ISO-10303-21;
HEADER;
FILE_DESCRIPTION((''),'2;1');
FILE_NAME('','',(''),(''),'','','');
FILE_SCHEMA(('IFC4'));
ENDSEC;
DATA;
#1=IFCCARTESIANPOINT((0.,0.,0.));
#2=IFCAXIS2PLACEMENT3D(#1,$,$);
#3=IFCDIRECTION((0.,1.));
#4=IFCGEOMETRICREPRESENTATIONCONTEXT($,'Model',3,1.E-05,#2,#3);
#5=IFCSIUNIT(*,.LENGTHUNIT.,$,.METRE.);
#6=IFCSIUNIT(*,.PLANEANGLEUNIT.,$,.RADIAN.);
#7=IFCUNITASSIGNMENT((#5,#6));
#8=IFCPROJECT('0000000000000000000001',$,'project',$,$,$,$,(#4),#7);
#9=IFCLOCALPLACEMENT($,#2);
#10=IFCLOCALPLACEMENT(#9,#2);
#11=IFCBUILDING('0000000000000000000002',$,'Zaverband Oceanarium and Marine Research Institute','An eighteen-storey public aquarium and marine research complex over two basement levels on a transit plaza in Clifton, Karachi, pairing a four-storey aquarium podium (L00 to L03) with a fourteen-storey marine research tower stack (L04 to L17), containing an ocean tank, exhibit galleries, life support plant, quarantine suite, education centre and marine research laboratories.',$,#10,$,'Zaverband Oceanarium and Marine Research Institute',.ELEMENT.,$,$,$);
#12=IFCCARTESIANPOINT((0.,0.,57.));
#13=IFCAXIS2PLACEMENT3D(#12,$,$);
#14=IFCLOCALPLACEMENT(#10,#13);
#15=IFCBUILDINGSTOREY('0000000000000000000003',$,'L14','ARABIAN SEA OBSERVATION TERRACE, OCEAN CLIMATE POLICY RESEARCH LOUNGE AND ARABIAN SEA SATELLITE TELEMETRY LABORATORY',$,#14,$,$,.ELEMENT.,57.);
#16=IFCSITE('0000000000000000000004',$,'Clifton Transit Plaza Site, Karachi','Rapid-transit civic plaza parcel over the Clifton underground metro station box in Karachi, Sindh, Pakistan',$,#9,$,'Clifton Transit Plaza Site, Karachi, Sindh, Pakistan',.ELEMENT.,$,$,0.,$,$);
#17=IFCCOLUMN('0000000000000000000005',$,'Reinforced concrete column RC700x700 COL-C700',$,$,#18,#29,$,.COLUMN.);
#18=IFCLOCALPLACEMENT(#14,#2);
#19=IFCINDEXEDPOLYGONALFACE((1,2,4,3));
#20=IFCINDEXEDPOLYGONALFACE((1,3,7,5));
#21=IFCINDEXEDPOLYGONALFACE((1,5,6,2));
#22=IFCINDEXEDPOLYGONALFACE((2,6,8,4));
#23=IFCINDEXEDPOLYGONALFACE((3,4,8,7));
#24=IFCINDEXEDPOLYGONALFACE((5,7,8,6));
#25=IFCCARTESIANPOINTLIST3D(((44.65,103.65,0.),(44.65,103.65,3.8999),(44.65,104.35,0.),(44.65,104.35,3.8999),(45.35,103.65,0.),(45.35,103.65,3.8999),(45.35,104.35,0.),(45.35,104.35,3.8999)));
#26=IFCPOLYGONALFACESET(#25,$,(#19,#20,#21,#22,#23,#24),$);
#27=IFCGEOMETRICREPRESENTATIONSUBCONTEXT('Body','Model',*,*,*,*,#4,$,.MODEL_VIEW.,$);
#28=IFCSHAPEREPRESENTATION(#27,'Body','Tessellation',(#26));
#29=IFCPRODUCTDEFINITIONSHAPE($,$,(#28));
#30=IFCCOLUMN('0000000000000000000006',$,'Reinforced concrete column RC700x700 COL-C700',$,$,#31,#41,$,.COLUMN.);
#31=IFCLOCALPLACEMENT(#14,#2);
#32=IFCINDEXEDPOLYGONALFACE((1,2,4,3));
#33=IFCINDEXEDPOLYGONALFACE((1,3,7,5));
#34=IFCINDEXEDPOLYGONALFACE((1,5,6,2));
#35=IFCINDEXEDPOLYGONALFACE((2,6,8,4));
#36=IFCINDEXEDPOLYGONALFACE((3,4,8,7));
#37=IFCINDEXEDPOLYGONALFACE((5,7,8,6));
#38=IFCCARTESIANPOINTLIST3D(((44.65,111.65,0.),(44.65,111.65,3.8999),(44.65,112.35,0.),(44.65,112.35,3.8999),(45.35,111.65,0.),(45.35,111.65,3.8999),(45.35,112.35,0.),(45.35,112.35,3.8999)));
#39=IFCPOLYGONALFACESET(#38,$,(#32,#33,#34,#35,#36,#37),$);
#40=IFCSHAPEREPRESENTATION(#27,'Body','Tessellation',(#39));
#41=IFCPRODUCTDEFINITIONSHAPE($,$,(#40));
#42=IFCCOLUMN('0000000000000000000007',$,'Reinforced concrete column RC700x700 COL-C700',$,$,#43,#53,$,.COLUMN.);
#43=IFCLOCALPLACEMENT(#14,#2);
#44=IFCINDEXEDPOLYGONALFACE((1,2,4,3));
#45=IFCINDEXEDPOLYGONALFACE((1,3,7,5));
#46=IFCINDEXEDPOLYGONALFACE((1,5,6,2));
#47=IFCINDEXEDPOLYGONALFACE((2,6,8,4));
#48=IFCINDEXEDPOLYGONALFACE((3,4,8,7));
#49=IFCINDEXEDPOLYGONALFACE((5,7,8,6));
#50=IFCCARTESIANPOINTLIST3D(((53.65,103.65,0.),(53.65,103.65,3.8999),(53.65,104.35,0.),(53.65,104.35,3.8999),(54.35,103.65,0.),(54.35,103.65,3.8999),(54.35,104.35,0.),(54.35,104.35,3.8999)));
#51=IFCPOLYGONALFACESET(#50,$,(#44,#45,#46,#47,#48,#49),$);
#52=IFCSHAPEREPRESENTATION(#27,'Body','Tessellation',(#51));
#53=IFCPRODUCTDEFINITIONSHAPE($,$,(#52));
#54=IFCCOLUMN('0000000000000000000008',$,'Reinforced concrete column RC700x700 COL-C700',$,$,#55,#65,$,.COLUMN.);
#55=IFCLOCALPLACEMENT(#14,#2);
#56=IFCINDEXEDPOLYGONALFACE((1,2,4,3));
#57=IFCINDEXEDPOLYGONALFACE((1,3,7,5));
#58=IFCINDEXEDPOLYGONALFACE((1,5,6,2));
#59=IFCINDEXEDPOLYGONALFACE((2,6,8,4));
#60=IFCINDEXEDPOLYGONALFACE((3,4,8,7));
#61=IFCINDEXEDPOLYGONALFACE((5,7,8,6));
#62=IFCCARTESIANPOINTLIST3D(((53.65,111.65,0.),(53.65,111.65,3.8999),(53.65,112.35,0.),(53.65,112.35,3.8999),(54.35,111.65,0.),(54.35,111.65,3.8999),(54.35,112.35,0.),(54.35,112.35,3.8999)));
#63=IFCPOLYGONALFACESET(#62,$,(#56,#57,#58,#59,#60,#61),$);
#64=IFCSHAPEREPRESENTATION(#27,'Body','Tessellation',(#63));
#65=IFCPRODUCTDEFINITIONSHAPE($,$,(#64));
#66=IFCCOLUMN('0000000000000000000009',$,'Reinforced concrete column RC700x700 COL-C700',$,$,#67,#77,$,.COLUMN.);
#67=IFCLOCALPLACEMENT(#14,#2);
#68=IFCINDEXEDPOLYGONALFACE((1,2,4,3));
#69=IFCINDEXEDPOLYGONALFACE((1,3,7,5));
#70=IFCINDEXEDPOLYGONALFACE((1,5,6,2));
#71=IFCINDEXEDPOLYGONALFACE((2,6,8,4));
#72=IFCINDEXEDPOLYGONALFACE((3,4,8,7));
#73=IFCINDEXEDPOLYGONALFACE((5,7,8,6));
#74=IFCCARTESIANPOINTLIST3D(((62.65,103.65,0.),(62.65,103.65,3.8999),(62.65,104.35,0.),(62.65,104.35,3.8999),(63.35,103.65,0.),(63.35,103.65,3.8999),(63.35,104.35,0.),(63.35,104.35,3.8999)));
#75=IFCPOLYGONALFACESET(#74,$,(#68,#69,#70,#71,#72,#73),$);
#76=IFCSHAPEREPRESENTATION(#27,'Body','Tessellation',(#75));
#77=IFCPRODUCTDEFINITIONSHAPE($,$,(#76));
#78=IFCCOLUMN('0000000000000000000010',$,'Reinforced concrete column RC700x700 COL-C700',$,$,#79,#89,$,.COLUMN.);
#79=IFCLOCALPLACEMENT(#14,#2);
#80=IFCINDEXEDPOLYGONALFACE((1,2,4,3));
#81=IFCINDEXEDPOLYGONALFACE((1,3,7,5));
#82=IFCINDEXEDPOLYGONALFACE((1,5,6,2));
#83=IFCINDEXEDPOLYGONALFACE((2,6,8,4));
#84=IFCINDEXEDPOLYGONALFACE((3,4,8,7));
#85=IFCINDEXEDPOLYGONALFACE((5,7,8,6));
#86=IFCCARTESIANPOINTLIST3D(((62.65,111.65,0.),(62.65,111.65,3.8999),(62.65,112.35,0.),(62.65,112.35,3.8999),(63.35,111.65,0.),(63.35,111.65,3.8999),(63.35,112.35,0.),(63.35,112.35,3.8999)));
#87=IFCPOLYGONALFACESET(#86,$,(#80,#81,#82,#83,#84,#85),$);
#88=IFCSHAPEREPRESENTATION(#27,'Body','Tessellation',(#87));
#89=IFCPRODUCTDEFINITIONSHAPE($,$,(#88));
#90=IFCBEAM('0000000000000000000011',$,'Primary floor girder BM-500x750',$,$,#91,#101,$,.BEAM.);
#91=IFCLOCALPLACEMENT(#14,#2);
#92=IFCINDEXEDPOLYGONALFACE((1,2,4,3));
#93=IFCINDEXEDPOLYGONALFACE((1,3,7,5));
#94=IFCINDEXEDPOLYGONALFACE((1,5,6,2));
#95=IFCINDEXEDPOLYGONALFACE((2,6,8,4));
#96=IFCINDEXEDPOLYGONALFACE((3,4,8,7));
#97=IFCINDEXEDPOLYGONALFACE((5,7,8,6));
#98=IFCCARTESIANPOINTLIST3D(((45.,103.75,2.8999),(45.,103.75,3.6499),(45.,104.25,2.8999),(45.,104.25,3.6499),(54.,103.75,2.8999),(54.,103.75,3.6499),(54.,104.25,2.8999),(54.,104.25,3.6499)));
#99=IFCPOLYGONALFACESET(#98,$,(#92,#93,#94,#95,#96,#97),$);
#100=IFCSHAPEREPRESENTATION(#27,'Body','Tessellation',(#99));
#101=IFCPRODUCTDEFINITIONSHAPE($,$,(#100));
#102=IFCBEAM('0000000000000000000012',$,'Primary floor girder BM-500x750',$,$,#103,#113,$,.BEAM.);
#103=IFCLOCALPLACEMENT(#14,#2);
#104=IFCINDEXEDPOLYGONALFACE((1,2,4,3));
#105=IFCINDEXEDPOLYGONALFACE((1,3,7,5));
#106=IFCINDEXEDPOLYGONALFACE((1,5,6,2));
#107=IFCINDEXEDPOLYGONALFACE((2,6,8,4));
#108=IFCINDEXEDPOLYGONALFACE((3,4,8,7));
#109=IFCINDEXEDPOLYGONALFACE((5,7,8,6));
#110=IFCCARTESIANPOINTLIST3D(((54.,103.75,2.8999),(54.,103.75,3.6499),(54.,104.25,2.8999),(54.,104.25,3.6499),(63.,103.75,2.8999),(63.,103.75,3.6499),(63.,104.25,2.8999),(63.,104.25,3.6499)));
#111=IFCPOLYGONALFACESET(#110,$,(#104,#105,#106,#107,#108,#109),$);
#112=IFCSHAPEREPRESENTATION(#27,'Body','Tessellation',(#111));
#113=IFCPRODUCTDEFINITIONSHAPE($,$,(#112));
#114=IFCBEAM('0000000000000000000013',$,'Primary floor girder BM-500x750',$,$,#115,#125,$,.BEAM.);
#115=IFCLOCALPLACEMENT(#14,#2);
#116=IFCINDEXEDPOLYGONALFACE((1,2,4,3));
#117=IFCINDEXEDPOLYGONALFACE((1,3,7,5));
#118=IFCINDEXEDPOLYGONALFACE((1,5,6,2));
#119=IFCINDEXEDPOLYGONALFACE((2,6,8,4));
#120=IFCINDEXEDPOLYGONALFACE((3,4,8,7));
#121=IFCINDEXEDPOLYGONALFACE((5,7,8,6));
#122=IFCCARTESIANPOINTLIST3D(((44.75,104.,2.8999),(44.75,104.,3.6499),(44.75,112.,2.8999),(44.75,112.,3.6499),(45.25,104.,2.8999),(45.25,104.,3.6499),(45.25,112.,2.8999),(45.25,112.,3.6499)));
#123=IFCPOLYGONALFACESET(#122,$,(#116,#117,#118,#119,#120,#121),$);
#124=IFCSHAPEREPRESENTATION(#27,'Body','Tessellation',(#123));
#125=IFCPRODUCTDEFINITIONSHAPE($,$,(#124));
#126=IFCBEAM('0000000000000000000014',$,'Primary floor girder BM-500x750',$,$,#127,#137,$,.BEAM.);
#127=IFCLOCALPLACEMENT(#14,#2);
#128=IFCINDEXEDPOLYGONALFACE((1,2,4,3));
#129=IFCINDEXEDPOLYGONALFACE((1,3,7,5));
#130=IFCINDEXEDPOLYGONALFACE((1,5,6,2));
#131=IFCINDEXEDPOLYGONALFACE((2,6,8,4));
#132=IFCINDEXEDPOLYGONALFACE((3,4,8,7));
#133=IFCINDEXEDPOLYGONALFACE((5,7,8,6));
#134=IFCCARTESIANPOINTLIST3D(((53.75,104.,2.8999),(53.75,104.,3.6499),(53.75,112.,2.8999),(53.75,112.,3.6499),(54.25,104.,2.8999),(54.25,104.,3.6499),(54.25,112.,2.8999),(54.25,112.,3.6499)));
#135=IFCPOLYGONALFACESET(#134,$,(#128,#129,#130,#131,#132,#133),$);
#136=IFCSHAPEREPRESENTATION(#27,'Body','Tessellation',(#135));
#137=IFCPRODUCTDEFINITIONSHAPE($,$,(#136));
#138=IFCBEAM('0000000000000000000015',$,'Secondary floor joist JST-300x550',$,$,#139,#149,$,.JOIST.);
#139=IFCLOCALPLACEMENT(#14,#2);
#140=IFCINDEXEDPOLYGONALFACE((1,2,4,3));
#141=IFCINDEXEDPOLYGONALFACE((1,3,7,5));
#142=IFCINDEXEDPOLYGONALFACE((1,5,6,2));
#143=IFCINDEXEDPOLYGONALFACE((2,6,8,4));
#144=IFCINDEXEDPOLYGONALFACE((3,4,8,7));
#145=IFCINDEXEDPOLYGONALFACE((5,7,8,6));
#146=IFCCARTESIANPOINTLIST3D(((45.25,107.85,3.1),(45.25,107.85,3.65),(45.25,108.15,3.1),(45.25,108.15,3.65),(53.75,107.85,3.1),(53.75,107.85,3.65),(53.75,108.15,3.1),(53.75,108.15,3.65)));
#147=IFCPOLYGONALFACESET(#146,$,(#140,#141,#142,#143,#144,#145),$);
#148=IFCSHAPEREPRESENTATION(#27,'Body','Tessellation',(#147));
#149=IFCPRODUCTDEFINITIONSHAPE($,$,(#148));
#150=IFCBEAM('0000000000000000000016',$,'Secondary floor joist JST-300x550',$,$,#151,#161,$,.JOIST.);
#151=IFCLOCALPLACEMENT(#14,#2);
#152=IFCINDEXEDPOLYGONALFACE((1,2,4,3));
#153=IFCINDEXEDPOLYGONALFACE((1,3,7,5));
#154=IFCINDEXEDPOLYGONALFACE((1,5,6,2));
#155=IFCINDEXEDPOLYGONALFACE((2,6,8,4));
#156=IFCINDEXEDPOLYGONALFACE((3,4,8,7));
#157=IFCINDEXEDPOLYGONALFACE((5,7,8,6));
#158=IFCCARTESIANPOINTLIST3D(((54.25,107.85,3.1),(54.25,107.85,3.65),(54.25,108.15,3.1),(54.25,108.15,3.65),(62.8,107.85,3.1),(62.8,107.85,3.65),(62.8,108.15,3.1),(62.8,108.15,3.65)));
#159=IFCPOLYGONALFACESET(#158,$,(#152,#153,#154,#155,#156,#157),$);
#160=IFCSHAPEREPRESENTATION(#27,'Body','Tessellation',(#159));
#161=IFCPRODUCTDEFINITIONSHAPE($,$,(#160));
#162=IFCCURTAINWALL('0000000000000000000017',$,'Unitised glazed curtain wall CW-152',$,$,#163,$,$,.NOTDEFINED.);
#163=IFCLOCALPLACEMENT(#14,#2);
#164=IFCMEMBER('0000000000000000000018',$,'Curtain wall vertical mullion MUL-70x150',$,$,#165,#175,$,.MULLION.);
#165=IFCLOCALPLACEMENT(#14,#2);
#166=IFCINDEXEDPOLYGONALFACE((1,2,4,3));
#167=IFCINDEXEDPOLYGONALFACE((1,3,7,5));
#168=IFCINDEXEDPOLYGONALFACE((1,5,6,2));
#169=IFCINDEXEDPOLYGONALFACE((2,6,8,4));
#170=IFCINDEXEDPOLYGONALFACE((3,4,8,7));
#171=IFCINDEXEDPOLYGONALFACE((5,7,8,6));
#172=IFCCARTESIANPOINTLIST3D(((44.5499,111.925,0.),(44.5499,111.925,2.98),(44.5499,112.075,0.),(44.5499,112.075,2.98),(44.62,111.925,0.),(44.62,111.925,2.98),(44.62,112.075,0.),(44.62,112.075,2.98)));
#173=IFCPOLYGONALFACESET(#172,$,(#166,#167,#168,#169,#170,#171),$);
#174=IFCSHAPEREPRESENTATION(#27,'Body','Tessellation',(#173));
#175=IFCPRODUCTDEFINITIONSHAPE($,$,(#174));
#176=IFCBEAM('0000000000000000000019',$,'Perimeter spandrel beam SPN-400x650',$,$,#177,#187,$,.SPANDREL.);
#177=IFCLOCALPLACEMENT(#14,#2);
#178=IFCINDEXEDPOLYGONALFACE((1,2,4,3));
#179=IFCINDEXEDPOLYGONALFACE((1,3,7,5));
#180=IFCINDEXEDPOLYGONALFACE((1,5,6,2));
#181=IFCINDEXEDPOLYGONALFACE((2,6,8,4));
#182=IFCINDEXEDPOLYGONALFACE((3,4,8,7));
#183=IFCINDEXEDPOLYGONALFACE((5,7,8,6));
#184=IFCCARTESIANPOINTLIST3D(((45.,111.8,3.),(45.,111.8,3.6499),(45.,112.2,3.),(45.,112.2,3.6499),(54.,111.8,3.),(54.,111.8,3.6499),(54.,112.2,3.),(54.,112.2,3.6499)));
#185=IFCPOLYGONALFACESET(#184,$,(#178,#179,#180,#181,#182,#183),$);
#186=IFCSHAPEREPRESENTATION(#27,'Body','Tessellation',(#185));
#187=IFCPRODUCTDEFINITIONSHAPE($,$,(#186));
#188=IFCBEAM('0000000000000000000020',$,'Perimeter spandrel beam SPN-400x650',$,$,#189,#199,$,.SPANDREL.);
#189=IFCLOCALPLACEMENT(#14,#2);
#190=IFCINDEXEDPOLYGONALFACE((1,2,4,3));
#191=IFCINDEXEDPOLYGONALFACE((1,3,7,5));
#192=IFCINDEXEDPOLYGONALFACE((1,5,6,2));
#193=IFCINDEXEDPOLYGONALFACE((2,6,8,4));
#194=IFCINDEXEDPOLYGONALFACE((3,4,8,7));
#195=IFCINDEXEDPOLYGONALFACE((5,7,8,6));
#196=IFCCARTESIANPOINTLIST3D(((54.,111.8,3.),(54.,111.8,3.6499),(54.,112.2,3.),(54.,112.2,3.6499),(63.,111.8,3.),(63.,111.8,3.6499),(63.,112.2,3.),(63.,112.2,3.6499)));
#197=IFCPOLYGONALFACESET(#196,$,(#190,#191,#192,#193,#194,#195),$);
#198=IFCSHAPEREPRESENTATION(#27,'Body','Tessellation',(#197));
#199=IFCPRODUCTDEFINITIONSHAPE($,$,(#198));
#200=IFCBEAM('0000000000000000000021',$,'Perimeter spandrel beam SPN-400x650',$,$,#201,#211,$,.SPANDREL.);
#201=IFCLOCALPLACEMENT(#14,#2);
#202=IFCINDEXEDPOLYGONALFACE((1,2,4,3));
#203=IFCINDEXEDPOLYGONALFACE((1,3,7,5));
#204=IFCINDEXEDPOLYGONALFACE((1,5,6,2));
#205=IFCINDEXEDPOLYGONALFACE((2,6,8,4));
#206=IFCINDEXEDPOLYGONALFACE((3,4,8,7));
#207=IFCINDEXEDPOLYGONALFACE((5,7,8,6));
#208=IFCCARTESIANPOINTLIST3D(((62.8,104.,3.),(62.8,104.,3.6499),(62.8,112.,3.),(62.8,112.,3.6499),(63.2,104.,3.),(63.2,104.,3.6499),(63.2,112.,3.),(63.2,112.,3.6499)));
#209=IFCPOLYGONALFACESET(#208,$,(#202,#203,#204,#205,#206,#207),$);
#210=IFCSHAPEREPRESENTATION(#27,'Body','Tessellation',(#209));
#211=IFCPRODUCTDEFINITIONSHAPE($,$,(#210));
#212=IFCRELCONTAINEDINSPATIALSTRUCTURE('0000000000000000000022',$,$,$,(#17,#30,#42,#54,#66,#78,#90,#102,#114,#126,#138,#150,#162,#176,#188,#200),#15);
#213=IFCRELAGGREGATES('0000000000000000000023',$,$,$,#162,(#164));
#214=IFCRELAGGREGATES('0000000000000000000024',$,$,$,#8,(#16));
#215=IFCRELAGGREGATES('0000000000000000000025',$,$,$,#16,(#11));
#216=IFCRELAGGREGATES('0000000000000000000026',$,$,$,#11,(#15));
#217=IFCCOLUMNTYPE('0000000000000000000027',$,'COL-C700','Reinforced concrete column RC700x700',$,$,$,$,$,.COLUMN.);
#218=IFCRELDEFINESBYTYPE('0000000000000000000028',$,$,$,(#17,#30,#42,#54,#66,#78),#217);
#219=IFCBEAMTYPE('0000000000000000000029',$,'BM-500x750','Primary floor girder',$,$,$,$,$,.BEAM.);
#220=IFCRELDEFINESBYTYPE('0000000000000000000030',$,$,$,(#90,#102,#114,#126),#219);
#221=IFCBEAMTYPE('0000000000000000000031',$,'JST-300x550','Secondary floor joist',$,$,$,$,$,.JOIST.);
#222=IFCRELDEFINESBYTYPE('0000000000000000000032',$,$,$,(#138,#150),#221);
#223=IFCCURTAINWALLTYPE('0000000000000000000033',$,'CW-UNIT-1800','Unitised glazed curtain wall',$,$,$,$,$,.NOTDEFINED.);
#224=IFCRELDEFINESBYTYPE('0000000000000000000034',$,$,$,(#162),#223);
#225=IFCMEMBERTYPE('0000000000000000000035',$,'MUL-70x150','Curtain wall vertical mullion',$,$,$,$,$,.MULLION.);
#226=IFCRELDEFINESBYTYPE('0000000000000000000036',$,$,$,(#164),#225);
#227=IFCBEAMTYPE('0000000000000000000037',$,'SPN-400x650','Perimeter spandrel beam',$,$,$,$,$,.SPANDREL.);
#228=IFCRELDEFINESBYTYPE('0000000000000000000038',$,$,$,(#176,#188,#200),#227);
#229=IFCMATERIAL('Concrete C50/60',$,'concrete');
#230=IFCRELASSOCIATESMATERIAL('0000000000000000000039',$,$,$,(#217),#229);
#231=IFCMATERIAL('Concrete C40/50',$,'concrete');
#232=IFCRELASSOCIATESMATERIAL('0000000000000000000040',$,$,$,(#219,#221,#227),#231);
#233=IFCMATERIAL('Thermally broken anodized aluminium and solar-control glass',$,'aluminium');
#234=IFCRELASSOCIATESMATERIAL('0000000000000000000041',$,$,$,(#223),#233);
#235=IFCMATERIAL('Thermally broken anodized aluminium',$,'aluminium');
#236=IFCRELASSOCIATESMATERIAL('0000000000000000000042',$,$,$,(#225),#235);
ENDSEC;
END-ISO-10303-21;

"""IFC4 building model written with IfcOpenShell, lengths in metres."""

from ifc_helpers import new_model, si_unit, direction, frame, origin, origin_2d, place, context, subcontext, project, spatial, rectangle, extrude, material, material_profile, profile_set, type_object, element, aggregate, save


model = new_model("IFC4")

# Units and contexts
model_context = context("Model", 3, precision=1e-05, world=origin(), true_north=direction((0.0, 1.0)))
body_context = subcontext(model_context, "Body", "Model", "MODEL_VIEW")
ifc_project = project(units=[si_unit("LENGTHUNIT", "METRE"), si_unit("PLANEANGLEUNIT", "RADIAN")], contexts=[model_context])

# Site, building, storey
site_placement = place(None, origin())
site = spatial("IfcSite", under=ifc_project, at=site_placement, Name="Clifton Transit Plaza Site, Karachi", Description="Rapid-transit civic plaza parcel over the Clifton underground metro station box in Karachi, Sindh, Pakistan", LongName="Clifton Transit Plaza Site, Karachi, Sindh, Pakistan", CompositionType="ELEMENT", RefElevation=0.0)
building_placement = place(site_placement, origin())
building = spatial("IfcBuilding", under=site, at=building_placement, Name="Zaverband Oceanarium and Marine Research Institute", Description="An eighteen-storey public aquarium and marine research complex over two basement levels on a transit plaza in Clifton, Karachi, pairing a four-storey aquarium podium (L00 to L03) with a fourteen-storey marine research tower stack (L04 to L17), containing an ocean tank, exhibit galleries, life support plant, quarantine suite, education centre and marine research laboratories.", LongName="Zaverband Oceanarium and Marine Research Institute", CompositionType="ELEMENT")
storey_placement = place(building_placement, frame((0.0, 0.0, 57.0)))
storey = spatial("IfcBuildingStorey", under=building, at=storey_placement, Name="L14", Description="ARABIAN SEA OBSERVATION TERRACE, OCEAN CLIMATE POLICY RESEARCH LOUNGE AND ARABIAN SEA SATELLITE TELEMETRY LABORATORY", CompositionType="ELEMENT", Elevation=57.0)

# Columns
ifc_material_1 = material(Name="Concrete C50/60", Category="concrete")
ifc_material_profile_1 = material_profile(ifc_material_1, rectangle(XDim=0.7, YDim=0.7, at=origin_2d()), Name="RC700x700")
ifc_profile_set_1 = profile_set([ifc_material_profile_1], Name="Concrete C50/60")
column_type = type_object("IfcColumnType", Name="COL-C700", Description="Reinforced concrete column RC700x700", PredefinedType="COLUMN", material=ifc_profile_set_1)
for number, where, z_axis, x_axis, name in (
    (1, (45.0, 104.0, 0.0), (0.0, 0.0, 1.0), (1.0, 0.0, 0.0), "Reinforced concrete column RC700x700 COL-C700"),
    (2, (45.0, 112.0, 0.0), (0.0, 0.0, 1.0), (1.0, 0.0, 0.0), "Reinforced concrete column RC700x700 COL-C700"),
    (3, (54.0, 104.0, 0.0), (0.0, 0.0, 1.0), (1.0, 0.0, 0.0), "Reinforced concrete column RC700x700 COL-C700"),
    (4, (54.0, 112.0, 0.0), (0.0, 0.0, 1.0), (1.0, 0.0, 0.0), "Reinforced concrete column RC700x700 COL-C700"),
    (5, (63.0, 104.0, 0.0), (0.0, 0.0, 1.0), (1.0, 0.0, 0.0), "Reinforced concrete column RC700x700 COL-C700"),
    (6, (63.0, 112.0, 0.0), (0.0, 0.0, 1.0), (1.0, 0.0, 0.0), "Reinforced concrete column RC700x700 COL-C700"),
):
    element("IfcColumn", number, at=place(storey_placement, frame(where, z_axis=z_axis, x_axis=x_axis)), inside=storey, type_object=column_type, Name=name, PredefinedType="COLUMN", context=body_context, shape_type="SweptSolid", body=[
        extrude(rectangle(XDim=0.7, YDim=0.7, at=origin_2d()), origin(), (0.0, 0.0, 1.0), 3.8999),
    ])

# Beams
ifc_material_2 = material(Name="Concrete C40/50", Category="concrete")
ifc_material_profile_2 = material_profile(ifc_material_2, rectangle(XDim=0.5, YDim=0.75, at=origin_2d()), Name="RC500x750")
ifc_profile_set_2 = profile_set([ifc_material_profile_2], Name="Concrete C40/50")
beam_type_1 = type_object("IfcBeamType", Name="BM-500x750", Description="Primary floor girder", PredefinedType="BEAM", material=ifc_profile_set_2)
for number, where, z_axis, x_axis, name in (
    (7, (45.0, 104.0, 3.2749), (1.0, 0.0, 0.0), (0.0, 1.0, 0.0), "Primary floor girder BM-500x750"),
    (8, (54.0, 104.0, 3.2749), (1.0, 0.0, 0.0), (0.0, 1.0, 0.0), "Primary floor girder BM-500x750"),
):
    element("IfcBeam", number, at=place(storey_placement, frame(where, z_axis=z_axis, x_axis=x_axis)), inside=storey, type_object=beam_type_1, Name=name, PredefinedType="BEAM", context=body_context, shape_type="SweptSolid", body=[
        extrude(rectangle(XDim=0.5, YDim=0.75, at=origin_2d()), origin(), (0.0, 0.0, 1.0), 9.0),
    ])
for number, where, z_axis, x_axis, name in (
    (9, (45.0, 104.0, 3.2749), (0.0, 1.0, 0.0), (-1.0, 0.0, 0.0), "Primary floor girder BM-500x750"),
    (10, (54.0, 104.0, 3.2749), (0.0, 1.0, 0.0), (-1.0, 0.0, 0.0), "Primary floor girder BM-500x750"),
):
    element("IfcBeam", number, at=place(storey_placement, frame(where, z_axis=z_axis, x_axis=x_axis)), inside=storey, type_object=beam_type_1, Name=name, PredefinedType="BEAM", context=body_context, shape_type="SweptSolid", body=[
        extrude(rectangle(XDim=0.5, YDim=0.75, at=origin_2d()), origin(), (0.0, 0.0, 1.0), 8.0),
    ])
ifc_material_profile_3 = material_profile(ifc_material_2, rectangle(XDim=0.3, YDim=0.55, at=origin_2d()), Name="RC300x550")
ifc_profile_set_3 = profile_set([ifc_material_profile_3], Name="Concrete C40/50")
beam_type_2 = type_object("IfcBeamType", Name="JST-300x550", Description="Secondary floor joist", PredefinedType="JOIST", material=ifc_profile_set_3)
beam_1_placement = place(storey_placement, frame((45.25, 108.0, 3.375), z_axis=(1.0, 0.0, 0.0), x_axis=(0.0, 1.0, 0.0)))
element("IfcBeam", 11, at=beam_1_placement, inside=storey, type_object=beam_type_2, Name="Secondary floor joist JST-300x550", PredefinedType="JOIST", context=body_context, shape_type="SweptSolid", body=[
    extrude(rectangle(XDim=0.3, YDim=0.55, at=origin_2d()), origin(), (0.0, 0.0, 1.0), 8.5),
])
beam_2_placement = place(storey_placement, frame((54.25, 108.0, 3.375), z_axis=(1.0, 0.0, 0.0), x_axis=(0.0, 1.0, 0.0)))
element("IfcBeam", 12, at=beam_2_placement, inside=storey, type_object=beam_type_2, Name="Secondary floor joist JST-300x550", PredefinedType="JOIST", context=body_context, shape_type="SweptSolid", body=[
    extrude(rectangle(XDim=0.3, YDim=0.55, at=origin_2d()), origin(), (0.0, 0.0, 1.0), 8.55),
])

# Curtain wall, member
ifc_material_3 = material(Name="Thermally broken anodized aluminium and solar-control glass", Category="aluminium")
curtain_wall_type = type_object("IfcCurtainWallType", Name="CW-UNIT-1800", Description="Unitised glazed curtain wall", PredefinedType="NOTDEFINED", material=ifc_material_3)
curtain_wall_placement = place(storey_placement, origin())
curtain_wall = element("IfcCurtainWall", 13, at=curtain_wall_placement, inside=storey, type_object=curtain_wall_type, Name="Unitised glazed curtain wall CW-152", PredefinedType="NOTDEFINED")
ifc_material_4 = material(Name="Thermally broken anodized aluminium", Category="aluminium")
ifc_material_profile_4 = material_profile(ifc_material_4, rectangle(XDim=0.0701, YDim=0.1499, at=origin_2d()), Name="AL-MUL-70x150")
ifc_profile_set_4 = profile_set([ifc_material_profile_4], Name="Thermally broken anodized aluminium")
member_type = type_object("IfcMemberType", Name="MUL-70x150", Description="Curtain wall vertical mullion", PredefinedType="MULLION", material=ifc_profile_set_4)
member_placement = place(storey_placement, frame((44.585, 112.0, 0.0), z_axis=(0.0, 0.0, 1.0), x_axis=(1.0, 0.0, 0.0)))
member = element("IfcMember", 14, at=member_placement, type_object=member_type, Name="Curtain wall vertical mullion MUL-70x150", PredefinedType="MULLION", context=body_context, shape_type="SweptSolid", body=[
    extrude(rectangle(XDim=0.0701, YDim=0.1499, at=origin_2d()), origin(), (0.0, 0.0, 1.0), 2.98),
])
aggregate(curtain_wall, [member])

# Beams
ifc_material_profile_5 = material_profile(ifc_material_2, rectangle(XDim=0.3999, YDim=0.6499, at=origin_2d()), Name="RC400x650")
ifc_profile_set_5 = profile_set([ifc_material_profile_5], Name="Concrete C40/50")
beam_type_3 = type_object("IfcBeamType", Name="SPN-400x650", Description="Perimeter spandrel beam", PredefinedType="SPANDREL", material=ifc_profile_set_5)
for number, where, z_axis, x_axis, name in (
    (15, (45.0, 112.0, 3.325), (1.0, 0.0, 0.0), (0.0, 1.0, 0.0), "Perimeter spandrel beam SPN-400x650"),
    (16, (54.0, 112.0, 3.325), (1.0, 0.0, 0.0), (0.0, 1.0, 0.0), "Perimeter spandrel beam SPN-400x650"),
):
    element("IfcBeam", number, at=place(storey_placement, frame(where, z_axis=z_axis, x_axis=x_axis)), inside=storey, type_object=beam_type_3, Name=name, PredefinedType="SPANDREL", context=body_context, shape_type="SweptSolid", body=[
        extrude(rectangle(XDim=0.3999, YDim=0.6499, at=origin_2d()), origin(), (0.0, 0.0, 1.0), 9.0),
    ])
beam_3_placement = place(storey_placement, frame((63.0, 104.0, 3.325), z_axis=(0.0, 1.0, 0.0), x_axis=(-1.0, 0.0, 0.0)))
element("IfcBeam", 17, at=beam_3_placement, inside=storey, type_object=beam_type_3, Name="Perimeter spandrel beam SPN-400x650", PredefinedType="SPANDREL", context=body_context, shape_type="SweptSolid", body=[
    extrude(rectangle(XDim=0.3999, YDim=0.6499, at=origin_2d()), origin(), (0.0, 0.0, 1.0), 8.0),
])

save(model, "model.ifc")
